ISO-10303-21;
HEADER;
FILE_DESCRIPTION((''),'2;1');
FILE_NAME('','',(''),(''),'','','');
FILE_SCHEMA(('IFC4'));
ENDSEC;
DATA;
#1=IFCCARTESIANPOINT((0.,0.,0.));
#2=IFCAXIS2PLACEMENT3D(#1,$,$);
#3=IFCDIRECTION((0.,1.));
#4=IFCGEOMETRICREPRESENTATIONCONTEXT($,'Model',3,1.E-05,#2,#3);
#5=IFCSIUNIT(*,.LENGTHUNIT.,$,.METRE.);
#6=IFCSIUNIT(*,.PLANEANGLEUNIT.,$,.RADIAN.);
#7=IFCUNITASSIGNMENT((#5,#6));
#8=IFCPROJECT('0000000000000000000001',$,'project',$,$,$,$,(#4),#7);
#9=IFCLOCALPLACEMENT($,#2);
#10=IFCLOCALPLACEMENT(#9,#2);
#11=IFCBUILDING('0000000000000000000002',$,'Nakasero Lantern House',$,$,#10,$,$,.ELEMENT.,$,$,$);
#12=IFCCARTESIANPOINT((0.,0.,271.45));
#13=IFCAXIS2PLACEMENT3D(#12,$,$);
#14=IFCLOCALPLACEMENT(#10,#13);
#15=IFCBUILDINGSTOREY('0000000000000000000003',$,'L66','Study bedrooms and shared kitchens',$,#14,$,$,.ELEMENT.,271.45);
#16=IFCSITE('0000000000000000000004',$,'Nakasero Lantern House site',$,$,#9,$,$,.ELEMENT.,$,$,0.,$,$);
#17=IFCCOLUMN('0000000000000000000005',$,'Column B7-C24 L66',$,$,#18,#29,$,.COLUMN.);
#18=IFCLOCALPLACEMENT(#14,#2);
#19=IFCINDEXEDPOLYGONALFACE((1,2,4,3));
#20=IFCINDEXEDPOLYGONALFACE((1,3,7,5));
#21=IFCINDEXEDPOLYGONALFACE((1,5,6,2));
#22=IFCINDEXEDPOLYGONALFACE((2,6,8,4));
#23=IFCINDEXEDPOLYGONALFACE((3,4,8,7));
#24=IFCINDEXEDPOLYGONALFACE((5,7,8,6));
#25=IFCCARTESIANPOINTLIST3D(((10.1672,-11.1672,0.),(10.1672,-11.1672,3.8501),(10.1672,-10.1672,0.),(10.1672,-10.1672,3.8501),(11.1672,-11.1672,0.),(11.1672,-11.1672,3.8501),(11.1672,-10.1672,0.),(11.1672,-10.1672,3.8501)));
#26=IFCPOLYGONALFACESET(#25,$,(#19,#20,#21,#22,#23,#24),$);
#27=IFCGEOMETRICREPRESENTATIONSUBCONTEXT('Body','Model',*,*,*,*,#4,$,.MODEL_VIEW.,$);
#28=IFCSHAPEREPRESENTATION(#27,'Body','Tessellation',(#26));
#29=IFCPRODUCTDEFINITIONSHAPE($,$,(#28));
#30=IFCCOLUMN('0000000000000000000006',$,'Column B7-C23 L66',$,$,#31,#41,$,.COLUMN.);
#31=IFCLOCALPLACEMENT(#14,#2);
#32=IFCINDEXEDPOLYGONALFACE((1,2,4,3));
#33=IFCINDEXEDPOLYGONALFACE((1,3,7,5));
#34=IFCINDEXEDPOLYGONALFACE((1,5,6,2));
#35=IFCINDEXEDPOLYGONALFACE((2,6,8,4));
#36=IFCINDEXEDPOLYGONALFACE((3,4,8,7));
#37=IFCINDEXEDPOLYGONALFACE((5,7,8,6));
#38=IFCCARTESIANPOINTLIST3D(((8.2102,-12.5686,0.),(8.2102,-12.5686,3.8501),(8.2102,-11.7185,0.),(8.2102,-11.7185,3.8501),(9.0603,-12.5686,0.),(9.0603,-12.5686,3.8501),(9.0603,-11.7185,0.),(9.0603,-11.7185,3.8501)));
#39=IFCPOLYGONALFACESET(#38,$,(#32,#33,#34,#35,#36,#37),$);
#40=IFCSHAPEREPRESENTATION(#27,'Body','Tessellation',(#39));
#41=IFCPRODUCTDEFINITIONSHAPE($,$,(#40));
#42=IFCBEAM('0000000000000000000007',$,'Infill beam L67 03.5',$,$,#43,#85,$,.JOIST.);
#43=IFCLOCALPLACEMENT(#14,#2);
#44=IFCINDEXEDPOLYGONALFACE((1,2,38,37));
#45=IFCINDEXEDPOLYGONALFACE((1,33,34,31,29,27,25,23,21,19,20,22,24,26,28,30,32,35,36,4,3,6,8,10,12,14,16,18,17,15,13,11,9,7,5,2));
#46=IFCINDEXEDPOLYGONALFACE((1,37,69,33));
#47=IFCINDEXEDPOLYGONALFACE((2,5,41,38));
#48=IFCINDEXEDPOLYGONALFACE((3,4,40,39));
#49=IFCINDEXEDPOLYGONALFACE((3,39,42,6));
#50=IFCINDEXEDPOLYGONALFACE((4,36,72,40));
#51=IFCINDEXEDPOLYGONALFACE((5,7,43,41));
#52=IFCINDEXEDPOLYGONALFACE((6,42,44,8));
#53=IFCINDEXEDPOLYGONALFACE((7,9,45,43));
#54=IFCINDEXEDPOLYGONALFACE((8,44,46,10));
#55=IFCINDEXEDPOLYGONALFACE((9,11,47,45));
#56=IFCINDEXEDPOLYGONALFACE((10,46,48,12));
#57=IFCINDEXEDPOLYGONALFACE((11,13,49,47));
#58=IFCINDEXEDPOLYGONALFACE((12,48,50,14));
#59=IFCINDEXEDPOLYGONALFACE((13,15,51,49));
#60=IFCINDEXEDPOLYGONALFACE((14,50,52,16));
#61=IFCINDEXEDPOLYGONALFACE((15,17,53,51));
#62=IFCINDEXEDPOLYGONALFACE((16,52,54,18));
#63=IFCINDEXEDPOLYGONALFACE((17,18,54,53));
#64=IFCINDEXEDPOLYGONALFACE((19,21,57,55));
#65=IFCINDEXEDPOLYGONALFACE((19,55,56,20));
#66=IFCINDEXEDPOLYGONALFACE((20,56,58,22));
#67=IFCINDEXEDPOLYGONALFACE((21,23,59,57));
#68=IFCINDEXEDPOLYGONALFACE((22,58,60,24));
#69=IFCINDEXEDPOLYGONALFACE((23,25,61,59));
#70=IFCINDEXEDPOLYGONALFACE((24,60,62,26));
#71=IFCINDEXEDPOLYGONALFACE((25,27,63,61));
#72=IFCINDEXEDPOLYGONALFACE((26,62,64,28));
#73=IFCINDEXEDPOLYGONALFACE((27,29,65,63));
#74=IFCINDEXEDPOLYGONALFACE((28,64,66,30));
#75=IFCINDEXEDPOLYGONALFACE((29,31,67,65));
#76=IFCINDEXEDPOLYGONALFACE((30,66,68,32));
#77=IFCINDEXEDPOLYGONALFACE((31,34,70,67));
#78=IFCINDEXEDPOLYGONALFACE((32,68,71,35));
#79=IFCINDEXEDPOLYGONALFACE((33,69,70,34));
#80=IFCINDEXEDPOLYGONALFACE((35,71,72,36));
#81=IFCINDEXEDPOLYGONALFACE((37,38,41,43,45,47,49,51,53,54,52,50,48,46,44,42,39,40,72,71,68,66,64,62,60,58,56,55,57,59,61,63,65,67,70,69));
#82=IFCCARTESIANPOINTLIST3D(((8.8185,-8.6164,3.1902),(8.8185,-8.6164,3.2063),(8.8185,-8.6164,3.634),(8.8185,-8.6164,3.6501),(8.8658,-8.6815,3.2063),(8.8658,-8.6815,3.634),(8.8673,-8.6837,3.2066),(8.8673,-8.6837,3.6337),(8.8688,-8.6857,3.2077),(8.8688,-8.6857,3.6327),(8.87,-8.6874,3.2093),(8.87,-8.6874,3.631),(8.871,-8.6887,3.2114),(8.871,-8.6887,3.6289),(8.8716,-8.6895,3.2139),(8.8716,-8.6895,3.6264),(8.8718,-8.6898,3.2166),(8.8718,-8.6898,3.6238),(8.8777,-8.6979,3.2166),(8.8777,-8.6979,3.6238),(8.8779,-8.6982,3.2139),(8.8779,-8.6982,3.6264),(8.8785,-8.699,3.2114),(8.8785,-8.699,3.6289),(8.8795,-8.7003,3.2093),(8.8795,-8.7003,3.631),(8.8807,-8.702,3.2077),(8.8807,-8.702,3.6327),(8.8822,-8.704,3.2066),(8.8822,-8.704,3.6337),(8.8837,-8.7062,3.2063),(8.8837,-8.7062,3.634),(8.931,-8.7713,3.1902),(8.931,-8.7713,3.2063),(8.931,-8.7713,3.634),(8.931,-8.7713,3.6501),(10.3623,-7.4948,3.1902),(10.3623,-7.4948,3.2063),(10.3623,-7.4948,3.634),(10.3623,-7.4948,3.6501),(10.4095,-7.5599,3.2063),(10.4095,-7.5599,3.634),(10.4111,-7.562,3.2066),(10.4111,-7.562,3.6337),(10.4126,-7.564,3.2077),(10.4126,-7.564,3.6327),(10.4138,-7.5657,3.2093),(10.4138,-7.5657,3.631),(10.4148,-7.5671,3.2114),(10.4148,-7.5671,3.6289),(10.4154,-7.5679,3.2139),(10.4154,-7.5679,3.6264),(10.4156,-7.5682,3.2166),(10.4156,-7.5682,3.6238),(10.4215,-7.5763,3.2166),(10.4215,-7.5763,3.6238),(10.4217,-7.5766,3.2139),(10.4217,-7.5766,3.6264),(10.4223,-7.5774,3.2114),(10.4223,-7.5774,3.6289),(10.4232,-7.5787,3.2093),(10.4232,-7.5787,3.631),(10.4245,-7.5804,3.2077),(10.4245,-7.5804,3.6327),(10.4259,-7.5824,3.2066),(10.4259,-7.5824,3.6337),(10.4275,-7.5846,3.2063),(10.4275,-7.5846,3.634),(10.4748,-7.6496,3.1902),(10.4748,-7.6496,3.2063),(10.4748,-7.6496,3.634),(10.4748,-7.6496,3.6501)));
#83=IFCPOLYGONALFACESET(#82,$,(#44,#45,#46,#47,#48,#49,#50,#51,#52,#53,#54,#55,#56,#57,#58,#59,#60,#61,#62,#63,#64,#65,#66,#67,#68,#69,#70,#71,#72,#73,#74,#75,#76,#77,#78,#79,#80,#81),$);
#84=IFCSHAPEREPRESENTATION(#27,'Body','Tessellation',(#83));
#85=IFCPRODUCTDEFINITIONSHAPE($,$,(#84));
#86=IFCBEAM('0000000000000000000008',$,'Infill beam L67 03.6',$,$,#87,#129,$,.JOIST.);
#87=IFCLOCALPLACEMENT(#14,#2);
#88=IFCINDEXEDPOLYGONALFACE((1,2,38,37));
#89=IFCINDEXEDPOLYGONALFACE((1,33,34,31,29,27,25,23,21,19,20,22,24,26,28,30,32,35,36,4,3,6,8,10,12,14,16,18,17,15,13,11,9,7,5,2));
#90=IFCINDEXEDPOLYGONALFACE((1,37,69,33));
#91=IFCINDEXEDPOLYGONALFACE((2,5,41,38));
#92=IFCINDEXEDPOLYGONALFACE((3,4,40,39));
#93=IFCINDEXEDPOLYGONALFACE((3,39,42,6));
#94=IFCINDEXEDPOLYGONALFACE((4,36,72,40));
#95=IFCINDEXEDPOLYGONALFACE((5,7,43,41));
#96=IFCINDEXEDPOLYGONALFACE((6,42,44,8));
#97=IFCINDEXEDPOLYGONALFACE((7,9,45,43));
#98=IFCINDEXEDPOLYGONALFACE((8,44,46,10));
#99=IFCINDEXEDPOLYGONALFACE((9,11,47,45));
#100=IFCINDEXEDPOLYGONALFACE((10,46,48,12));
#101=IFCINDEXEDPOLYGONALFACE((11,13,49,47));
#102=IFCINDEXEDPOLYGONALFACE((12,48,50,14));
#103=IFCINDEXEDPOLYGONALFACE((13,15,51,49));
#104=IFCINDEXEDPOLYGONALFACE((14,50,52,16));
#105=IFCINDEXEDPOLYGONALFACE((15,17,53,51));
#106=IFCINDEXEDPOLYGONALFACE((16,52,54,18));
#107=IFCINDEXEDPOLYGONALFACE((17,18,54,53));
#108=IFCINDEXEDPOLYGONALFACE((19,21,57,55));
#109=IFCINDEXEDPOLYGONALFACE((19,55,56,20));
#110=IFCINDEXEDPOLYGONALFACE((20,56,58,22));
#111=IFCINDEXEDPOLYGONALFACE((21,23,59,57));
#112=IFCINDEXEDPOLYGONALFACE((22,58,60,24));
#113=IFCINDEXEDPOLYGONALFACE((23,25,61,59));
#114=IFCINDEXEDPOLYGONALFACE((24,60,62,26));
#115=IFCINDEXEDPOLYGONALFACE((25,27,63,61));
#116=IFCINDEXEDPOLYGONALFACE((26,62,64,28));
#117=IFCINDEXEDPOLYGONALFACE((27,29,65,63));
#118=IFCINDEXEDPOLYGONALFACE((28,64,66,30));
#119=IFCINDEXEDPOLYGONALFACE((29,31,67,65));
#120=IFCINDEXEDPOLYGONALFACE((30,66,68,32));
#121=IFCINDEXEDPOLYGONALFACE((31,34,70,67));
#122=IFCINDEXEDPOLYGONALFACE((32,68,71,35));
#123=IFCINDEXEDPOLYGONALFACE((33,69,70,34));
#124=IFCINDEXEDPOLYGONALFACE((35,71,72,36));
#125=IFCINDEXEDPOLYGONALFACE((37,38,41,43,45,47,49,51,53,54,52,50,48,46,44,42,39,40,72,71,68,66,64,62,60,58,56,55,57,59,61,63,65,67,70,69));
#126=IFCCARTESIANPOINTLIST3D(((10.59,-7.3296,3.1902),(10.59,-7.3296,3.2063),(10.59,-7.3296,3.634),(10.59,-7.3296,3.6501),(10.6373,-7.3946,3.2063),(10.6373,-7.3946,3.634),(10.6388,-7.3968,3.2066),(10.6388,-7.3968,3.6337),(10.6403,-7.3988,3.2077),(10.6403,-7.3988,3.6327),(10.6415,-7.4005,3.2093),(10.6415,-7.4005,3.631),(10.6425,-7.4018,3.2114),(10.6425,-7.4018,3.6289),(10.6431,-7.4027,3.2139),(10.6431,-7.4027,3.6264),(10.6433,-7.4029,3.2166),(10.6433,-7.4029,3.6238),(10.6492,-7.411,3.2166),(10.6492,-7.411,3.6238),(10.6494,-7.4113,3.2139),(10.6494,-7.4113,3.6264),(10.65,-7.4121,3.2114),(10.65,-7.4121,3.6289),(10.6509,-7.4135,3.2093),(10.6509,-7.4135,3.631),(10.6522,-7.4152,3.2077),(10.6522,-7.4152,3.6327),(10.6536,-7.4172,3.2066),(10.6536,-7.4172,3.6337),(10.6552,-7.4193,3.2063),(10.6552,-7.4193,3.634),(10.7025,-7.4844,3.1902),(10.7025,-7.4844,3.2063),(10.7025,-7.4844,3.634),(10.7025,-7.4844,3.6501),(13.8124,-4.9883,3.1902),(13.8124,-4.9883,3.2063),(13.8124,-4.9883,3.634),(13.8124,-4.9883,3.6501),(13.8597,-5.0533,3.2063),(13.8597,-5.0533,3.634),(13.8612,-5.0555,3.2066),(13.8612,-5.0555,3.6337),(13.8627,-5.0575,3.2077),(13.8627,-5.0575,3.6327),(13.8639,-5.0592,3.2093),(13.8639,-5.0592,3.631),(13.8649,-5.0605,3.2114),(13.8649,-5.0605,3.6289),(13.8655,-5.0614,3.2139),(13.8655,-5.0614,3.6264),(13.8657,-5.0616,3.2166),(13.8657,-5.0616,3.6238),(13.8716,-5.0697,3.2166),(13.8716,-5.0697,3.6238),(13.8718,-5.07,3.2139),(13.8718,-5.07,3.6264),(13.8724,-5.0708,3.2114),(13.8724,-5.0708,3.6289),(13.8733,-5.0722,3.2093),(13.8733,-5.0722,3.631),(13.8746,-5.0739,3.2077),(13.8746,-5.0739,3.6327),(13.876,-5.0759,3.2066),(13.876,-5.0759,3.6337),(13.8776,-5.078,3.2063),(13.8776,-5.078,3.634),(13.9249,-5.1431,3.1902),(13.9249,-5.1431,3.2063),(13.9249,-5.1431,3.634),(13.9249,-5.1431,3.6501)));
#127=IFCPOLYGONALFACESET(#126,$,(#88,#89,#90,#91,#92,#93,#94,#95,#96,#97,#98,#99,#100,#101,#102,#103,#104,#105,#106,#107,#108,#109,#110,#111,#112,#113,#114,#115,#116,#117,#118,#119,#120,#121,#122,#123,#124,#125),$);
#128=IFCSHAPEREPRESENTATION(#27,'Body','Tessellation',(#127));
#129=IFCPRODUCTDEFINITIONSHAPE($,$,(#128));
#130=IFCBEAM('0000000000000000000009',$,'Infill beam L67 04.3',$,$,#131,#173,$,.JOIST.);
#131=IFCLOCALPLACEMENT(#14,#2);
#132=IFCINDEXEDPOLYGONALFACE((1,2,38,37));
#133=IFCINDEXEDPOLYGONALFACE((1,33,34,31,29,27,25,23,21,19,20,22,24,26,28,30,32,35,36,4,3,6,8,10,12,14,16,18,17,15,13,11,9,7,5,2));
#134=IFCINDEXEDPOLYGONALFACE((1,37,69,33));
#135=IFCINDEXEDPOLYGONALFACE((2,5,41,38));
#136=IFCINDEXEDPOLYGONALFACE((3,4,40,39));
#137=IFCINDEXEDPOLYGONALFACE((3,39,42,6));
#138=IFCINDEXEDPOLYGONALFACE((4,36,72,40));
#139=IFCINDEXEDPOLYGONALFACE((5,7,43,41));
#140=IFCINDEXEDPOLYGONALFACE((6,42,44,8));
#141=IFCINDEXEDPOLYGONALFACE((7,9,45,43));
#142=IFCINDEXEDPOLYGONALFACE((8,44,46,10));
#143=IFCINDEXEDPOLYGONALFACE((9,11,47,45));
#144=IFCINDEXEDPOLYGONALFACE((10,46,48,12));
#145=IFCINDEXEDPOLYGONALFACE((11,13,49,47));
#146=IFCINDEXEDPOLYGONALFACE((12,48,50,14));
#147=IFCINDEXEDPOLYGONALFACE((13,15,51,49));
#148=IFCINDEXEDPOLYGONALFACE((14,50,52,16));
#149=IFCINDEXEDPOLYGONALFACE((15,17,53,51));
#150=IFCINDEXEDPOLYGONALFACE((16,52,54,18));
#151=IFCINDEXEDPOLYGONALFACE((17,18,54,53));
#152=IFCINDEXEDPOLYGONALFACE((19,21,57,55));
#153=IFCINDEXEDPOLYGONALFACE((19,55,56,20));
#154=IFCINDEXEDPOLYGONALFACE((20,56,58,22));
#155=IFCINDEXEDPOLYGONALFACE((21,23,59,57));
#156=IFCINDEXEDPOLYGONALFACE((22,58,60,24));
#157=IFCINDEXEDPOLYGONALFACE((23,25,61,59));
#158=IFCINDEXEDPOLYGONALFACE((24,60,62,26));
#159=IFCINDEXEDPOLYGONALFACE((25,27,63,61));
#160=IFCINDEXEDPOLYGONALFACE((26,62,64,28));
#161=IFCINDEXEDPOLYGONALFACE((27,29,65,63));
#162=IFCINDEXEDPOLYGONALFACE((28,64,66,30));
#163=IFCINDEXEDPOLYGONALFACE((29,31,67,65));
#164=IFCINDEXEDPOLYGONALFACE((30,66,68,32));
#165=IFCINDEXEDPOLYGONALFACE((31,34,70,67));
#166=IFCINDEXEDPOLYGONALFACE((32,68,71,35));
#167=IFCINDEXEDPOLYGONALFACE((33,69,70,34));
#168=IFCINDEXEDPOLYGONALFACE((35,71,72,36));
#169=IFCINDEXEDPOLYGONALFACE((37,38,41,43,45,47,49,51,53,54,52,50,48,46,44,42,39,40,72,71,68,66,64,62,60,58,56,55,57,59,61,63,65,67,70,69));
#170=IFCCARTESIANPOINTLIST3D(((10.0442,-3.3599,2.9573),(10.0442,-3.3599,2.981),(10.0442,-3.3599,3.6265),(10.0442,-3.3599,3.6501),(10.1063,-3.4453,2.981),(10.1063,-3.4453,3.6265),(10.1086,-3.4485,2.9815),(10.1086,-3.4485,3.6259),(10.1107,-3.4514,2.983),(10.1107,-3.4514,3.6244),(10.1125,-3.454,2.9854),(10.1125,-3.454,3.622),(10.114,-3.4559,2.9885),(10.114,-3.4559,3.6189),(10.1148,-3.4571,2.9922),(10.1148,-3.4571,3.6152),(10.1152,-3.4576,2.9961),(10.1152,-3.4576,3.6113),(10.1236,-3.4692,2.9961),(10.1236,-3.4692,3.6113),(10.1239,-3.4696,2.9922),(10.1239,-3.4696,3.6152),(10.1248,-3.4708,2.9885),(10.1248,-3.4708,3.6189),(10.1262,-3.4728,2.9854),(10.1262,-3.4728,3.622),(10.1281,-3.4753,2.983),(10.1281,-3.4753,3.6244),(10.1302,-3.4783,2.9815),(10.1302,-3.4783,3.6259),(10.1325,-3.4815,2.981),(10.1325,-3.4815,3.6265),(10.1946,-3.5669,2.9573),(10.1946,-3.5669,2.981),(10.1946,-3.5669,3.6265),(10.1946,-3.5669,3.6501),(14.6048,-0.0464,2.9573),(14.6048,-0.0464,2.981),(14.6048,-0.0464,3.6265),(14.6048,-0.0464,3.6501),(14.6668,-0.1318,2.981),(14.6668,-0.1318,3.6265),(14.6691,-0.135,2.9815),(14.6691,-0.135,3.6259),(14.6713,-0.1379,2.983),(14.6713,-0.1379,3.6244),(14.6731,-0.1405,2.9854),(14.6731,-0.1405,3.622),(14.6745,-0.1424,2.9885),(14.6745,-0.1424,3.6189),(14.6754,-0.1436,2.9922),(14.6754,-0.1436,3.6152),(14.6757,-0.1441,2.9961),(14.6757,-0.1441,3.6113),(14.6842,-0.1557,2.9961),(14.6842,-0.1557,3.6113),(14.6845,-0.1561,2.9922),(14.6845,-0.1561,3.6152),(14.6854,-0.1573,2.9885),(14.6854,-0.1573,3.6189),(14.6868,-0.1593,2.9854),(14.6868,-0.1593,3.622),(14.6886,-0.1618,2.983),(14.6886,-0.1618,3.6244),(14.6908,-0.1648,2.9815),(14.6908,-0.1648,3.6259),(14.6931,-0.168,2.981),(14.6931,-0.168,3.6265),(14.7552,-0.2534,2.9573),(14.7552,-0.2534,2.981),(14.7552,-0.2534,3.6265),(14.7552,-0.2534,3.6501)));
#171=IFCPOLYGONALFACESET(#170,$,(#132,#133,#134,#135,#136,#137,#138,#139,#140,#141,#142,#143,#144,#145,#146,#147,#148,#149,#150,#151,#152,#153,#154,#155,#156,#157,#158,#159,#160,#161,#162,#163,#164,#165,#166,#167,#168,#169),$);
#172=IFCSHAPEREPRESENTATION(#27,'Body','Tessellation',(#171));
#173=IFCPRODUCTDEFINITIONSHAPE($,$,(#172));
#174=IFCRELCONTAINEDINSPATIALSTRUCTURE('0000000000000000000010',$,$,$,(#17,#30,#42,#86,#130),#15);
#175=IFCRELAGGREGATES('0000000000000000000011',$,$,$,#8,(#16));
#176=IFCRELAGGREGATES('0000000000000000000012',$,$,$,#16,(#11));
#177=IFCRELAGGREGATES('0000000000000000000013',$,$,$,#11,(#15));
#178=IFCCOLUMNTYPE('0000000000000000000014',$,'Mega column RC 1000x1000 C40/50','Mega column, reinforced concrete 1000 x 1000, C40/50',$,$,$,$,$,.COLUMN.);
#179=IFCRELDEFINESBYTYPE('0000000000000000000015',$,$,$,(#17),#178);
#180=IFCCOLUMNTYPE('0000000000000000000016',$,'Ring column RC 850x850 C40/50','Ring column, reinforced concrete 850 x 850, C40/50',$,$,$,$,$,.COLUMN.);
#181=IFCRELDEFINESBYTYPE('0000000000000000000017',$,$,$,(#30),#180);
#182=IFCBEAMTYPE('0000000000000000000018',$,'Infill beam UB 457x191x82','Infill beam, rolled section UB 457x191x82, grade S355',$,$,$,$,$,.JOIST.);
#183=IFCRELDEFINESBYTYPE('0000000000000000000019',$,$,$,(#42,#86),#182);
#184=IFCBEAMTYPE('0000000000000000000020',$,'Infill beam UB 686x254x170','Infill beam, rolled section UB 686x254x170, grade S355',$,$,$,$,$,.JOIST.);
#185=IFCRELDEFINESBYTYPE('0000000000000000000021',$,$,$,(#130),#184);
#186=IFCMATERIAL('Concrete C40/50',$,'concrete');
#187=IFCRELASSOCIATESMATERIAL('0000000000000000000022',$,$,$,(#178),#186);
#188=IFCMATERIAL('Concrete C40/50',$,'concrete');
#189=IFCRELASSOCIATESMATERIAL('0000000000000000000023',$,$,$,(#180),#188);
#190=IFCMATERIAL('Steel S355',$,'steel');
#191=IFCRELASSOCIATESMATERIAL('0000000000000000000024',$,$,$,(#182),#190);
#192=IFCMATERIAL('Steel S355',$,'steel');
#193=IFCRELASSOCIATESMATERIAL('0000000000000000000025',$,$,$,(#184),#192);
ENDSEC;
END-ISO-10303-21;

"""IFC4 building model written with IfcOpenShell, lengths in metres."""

from ifc_helpers import new_model, si_unit, direction, frame, origin, origin_2d, place, context, subcontext, project, spatial, rectangle, i_section, extrude, material, material_profile, profile_set, type_object, element, save


model = new_model("IFC4")

# Units and contexts
model_context = context("Model", 3, precision=1e-05, world=origin(), true_north=direction((0.0, 1.0)))
body_context = subcontext(model_context, "Body", "Model", "MODEL_VIEW")
ifc_project = project(units=[si_unit("LENGTHUNIT", "METRE"), si_unit("PLANEANGLEUNIT", "RADIAN")], contexts=[model_context])

# Site, building, storey
site_placement = place(None, origin())
site = spatial("IfcSite", under=ifc_project, at=site_placement, Name="Nakasero Lantern House site", CompositionType="ELEMENT", RefElevation=0.0)
building_placement = place(site_placement, origin())
building = spatial("IfcBuilding", under=site, at=building_placement, Name="Nakasero Lantern House", CompositionType="ELEMENT")
storey_placement = place(building_placement, frame((0.0, 0.0, 271.45)))
storey = spatial("IfcBuildingStorey", under=building, at=storey_placement, Name="L66", Description="Study bedrooms and shared kitchens", CompositionType="ELEMENT", Elevation=271.45)

# Columns
ifc_material_1 = material(Name="Concrete C40/50", Category="concrete")
ifc_material_profile_1 = material_profile(ifc_material_1, rectangle(XDim=1.0, YDim=1.0, at=origin_2d()), Name="RC 1000x1000")
ifc_profile_set_1 = profile_set([ifc_material_profile_1], Name="Concrete C40/50")
column_type_1 = type_object("IfcColumnType", Name="Mega column RC 1000x1000 C40/50", Description="Mega column, reinforced concrete 1000 x 1000, C40/50", PredefinedType="COLUMN", material=ifc_profile_set_1)
column_1_placement = place(storey_placement, frame((10.6672, -10.6672, 0.0), z_axis=(0.0, 0.0, 1.0), x_axis=(1.0, 0.0, 0.0)))
element("IfcColumn", 1, at=column_1_placement, inside=storey, type_object=column_type_1, Name="Column B7-C24 L66", PredefinedType="COLUMN", context=body_context, shape_type="SweptSolid", body=[
    extrude(rectangle(XDim=1.0, YDim=1.0, at=origin_2d()), origin(), (0.0, 0.0, 1.0), 3.8501),
])
ifc_material_2 = material(Name="Concrete C40/50", Category="concrete")
ifc_material_profile_2 = material_profile(ifc_material_2, rectangle(XDim=0.8501, YDim=0.8501, at=origin_2d()), Name="RC 850x850")
ifc_profile_set_2 = profile_set([ifc_material_profile_2], Name="Concrete C40/50")
column_type_2 = type_object("IfcColumnType", Name="Ring column RC 850x850 C40/50", Description="Ring column, reinforced concrete 850 x 850, C40/50", PredefinedType="COLUMN", material=ifc_profile_set_2)
column_2_placement = place(storey_placement, frame((8.6353, -12.1436, 0.0), z_axis=(0.0, 0.0, 1.0), x_axis=(1.0, 0.0, 0.0)))
element("IfcColumn", 2, at=column_2_placement, inside=storey, type_object=column_type_2, Name="Column B7-C23 L66", PredefinedType="COLUMN", context=body_context, shape_type="SweptSolid", body=[
    extrude(rectangle(XDim=0.8501, YDim=0.8501, at=origin_2d()), origin(), (0.0, 0.0, 1.0), 3.8501),
])

# Beams
ifc_material_3 = material(Name="Steel S355", Category="steel")
ifc_material_profile_3 = material_profile(ifc_material_3, i_section(OverallWidth=0.1914, OverallDepth=0.46, WebThickness=0.01, FlangeThickness=0.0161, FilletRadius=0.0103, at=origin_2d()), Name="UB 457x191x82")
ifc_profile_set_3 = profile_set([ifc_material_profile_3], Name="Steel S355")
beam_type_1 = type_object("IfcBeamType", Name="Infill beam UB 457x191x82", Description="Infill beam, rolled section UB 457x191x82, grade S355", PredefinedType="JOIST", material=ifc_profile_set_3)
beam_1_placement = place(storey_placement, frame((8.8748, -8.6938, 3.4202), z_axis=(0.809013, 0.587791, 0.0), x_axis=(-0.587791, 0.809013, 0.0)))
element("IfcBeam", 3, at=beam_1_placement, inside=storey, type_object=beam_type_1, Name="Infill beam L67 03.5", PredefinedType="JOIST", context=body_context, shape_type="SweptSolid", body=[
    extrude(i_section(OverallWidth=0.1914, OverallDepth=0.46, WebThickness=0.01, FlangeThickness=0.0161, FilletRadius=0.0103, at=origin_2d()), origin(), (0.0, 0.0, 1.0), 1.9082),
])
beam_2_placement = place(storey_placement, frame((10.6462, -7.407, 3.4202), z_axis=(0.809006, 0.5878, 0.0), x_axis=(-0.5878, 0.809006, 0.0)))
element("IfcBeam", 4, at=beam_2_placement, inside=storey, type_object=beam_type_1, Name="Infill beam L67 03.6", PredefinedType="JOIST", context=body_context, shape_type="SweptSolid", body=[
    extrude(i_section(OverallWidth=0.1914, OverallDepth=0.46, WebThickness=0.01, FlangeThickness=0.0161, FilletRadius=0.0103, at=origin_2d()), origin(), (0.0, 0.0, 1.0), 3.9832),
])
ifc_material_4 = material(Name="Steel S355", Category="steel")
ifc_material_profile_4 = material_profile(ifc_material_4, i_section(OverallWidth=0.2559, OverallDepth=0.6929, WebThickness=0.0144, FlangeThickness=0.0237, FilletRadius=0.0151, at=origin_2d()), Name="UB 686x254x170")
ifc_profile_set_4 = profile_set([ifc_material_profile_4], Name="Steel S355")
beam_type_2 = type_object("IfcBeamType", Name="Infill beam UB 686x254x170", Description="Infill beam, rolled section UB 686x254x170, grade S355", PredefinedType="JOIST", material=ifc_profile_set_4)
beam_3_placement = place(storey_placement, frame((10.1194, -3.4634, 3.3037), z_axis=(0.809013, 0.587791, 0.0), x_axis=(-0.587791, 0.809013, 0.0)))
element("IfcBeam", 5, at=beam_3_placement, inside=storey, type_object=beam_type_2, Name="Infill beam L67 04.3", PredefinedType="JOIST", context=body_context, shape_type="SweptSolid", body=[
    extrude(i_section(OverallWidth=0.2559, OverallDepth=0.6929, WebThickness=0.0144, FlangeThickness=0.0237, FilletRadius=0.0151, at=origin_2d()), origin(), (0.0, 0.0, 1.0), 5.6372),
])

save(model, "model.ifc")
